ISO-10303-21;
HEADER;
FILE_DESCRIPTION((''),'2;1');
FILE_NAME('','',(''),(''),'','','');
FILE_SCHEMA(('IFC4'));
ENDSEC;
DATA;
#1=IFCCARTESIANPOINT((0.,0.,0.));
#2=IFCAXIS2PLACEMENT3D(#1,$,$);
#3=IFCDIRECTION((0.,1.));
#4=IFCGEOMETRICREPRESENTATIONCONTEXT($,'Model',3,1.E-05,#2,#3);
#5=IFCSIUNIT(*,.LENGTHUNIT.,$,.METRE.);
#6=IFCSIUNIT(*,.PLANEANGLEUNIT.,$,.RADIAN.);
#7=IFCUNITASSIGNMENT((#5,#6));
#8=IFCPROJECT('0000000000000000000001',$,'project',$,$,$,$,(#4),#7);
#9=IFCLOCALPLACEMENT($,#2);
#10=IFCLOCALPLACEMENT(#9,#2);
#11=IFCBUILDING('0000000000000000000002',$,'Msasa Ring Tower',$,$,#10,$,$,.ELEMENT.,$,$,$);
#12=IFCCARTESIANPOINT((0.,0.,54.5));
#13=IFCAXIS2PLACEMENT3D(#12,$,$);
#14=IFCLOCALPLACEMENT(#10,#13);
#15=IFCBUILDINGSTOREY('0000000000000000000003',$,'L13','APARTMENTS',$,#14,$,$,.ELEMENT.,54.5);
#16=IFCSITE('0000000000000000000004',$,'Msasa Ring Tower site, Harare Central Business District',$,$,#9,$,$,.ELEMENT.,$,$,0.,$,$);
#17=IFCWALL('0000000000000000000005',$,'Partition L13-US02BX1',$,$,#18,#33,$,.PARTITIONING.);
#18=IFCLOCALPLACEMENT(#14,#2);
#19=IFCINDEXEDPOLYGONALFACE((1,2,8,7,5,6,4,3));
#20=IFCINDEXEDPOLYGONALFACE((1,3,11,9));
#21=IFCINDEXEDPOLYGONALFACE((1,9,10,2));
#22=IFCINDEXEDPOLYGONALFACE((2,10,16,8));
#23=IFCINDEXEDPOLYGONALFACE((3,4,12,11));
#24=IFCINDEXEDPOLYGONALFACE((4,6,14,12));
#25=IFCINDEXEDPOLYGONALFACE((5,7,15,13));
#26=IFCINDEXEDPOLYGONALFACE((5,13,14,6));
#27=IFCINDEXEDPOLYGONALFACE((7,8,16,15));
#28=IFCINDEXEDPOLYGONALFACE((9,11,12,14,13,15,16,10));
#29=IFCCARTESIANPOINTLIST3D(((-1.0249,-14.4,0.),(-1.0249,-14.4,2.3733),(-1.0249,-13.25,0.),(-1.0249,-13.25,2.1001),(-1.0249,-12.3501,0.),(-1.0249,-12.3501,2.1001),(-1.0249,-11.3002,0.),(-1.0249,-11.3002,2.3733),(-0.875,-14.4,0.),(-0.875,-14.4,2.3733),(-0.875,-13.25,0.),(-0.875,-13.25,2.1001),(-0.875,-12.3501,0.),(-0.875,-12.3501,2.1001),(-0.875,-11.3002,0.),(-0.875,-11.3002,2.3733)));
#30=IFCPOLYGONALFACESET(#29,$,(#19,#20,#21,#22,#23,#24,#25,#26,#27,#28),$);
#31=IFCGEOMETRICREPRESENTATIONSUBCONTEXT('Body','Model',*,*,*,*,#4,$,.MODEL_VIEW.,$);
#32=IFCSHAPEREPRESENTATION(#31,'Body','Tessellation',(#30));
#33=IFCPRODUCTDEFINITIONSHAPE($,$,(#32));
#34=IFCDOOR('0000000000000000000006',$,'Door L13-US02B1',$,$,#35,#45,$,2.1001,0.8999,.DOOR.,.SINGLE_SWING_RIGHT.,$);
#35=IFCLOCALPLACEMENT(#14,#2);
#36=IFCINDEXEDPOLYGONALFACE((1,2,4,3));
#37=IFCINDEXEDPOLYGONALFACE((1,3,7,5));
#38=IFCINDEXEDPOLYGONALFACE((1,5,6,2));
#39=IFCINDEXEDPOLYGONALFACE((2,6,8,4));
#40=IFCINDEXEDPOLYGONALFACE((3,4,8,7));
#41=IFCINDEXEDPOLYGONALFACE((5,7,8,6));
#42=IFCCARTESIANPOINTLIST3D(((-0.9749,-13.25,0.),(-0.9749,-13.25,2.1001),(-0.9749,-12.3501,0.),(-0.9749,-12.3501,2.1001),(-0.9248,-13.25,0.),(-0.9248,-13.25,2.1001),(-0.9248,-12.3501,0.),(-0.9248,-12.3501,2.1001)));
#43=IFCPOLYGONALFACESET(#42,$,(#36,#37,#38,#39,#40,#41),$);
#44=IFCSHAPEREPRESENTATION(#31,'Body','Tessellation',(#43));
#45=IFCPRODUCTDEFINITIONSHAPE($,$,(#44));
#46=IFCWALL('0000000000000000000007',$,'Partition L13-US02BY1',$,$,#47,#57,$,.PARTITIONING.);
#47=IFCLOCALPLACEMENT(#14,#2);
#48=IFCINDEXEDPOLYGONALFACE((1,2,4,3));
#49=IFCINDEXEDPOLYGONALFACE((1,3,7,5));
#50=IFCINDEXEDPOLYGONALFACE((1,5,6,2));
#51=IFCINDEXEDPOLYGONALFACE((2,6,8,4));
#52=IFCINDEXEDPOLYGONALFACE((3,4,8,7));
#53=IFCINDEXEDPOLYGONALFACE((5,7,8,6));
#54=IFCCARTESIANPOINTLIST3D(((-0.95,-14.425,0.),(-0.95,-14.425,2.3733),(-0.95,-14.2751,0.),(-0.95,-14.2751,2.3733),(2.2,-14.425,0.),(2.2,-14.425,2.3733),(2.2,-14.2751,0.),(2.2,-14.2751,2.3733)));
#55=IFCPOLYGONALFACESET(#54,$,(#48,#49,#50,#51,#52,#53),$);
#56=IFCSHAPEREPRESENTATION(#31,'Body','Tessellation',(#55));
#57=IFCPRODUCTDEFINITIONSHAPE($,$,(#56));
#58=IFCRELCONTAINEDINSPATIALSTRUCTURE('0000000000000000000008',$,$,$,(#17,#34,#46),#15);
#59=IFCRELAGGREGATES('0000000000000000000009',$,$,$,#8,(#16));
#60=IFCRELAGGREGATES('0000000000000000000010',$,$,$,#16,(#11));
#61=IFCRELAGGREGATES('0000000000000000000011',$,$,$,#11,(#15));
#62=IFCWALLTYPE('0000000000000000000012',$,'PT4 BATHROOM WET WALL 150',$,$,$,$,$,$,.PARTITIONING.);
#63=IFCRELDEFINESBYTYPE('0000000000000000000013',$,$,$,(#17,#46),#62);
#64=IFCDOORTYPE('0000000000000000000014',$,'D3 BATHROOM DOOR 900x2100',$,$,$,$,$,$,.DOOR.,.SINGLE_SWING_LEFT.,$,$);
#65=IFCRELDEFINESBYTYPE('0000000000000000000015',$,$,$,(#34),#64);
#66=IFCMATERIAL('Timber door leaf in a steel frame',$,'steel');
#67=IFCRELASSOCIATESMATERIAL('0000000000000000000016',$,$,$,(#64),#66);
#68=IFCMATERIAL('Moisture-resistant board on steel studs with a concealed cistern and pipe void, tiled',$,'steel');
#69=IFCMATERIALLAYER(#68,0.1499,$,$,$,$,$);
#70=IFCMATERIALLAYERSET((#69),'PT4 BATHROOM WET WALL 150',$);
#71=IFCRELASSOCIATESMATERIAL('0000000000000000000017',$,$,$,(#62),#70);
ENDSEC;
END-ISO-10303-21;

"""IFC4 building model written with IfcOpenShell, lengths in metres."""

from ifc_helpers import new_model, si_unit, direction, frame, frame_2d, origin, place, context, subcontext, project, spatial, rectangle, extrude, material, layer, layer_set, type_object, element, fill, save


model = new_model("IFC4")

# Units and contexts
model_context = context("Model", 3, precision=1e-05, world=origin(), true_north=direction((0.0, 1.0)))
body_context = subcontext(model_context, "Body", "Model", "MODEL_VIEW")
ifc_project = project(units=[si_unit("LENGTHUNIT", "METRE"), si_unit("PLANEANGLEUNIT", "RADIAN")], contexts=[model_context])

# Site, building, storey
site_placement = place(None, origin())
site = spatial("IfcSite", under=ifc_project, at=site_placement, Name="Msasa Ring Tower site, Harare Central Business District", CompositionType="ELEMENT", RefElevation=0.0)
building_placement = place(site_placement, origin())
building = spatial("IfcBuilding", under=site, at=building_placement, Name="Msasa Ring Tower", CompositionType="ELEMENT")
storey_placement = place(building_placement, frame((0.0, 0.0, 54.5)))
storey = spatial("IfcBuildingStorey", under=building, at=storey_placement, Name="L13", Description="APARTMENTS", CompositionType="ELEMENT", Elevation=54.5)

# Shared definitions
ifc_material_1 = material(Name="Timber door leaf in a steel frame", Category="steel")
door_type_1 = type_object("IfcDoorType", Name="D3 BATHROOM DOOR 900x2100", OperationType="SINGLE_SWING_LEFT", PredefinedType="DOOR", material=ifc_material_1)

# Wall, opening, door
ifc_material_2 = material(Name="Moisture-resistant board on steel studs with a concealed cistern and pipe void, tiled", Category="steel")
ifc_layer_1 = layer(ifc_material_2, 0.1499)
ifc_layer_set_1 = layer_set([ifc_layer_1], Name="PT4 BATHROOM WET WALL 150")
wall_type_1 = type_object("IfcWallType", Name="PT4 BATHROOM WET WALL 150", PredefinedType="PARTITIONING", material=ifc_layer_set_1)
wall_1_placement = place(storey_placement, frame((-0.95, -14.3999, 0.0), z_axis=(0.0, 0.0, 1.0), x_axis=(0.0, 1.0, 0.0)))
wall_1 = element("IfcWall", 1, at=wall_1_placement, inside=storey, type_object=wall_type_1, Name="Partition L13-US02BX1", PredefinedType="PARTITIONING", context=body_context, shape_type="SweptSolid", body=[
    extrude(rectangle(XDim=3.0999, YDim=0.1499, at=frame_2d((1.5498, 0.0))), origin(), (0.0, 0.0, 1.0), 2.3733),
])
opening_1_placement = place(wall_1_placement, frame((1.1499, 0.0, 0.0)))
opening_1 = element("IfcOpeningElement", 2, at=opening_1_placement, cuts=wall_1, PredefinedType="OPENING", context=body_context, shape_type="SweptSolid", body=[
    extrude(rectangle(XDim=0.8999, YDim=2.1001, at=frame_2d((0.45, 1.05))), frame((0.0, 0.085, 0.0), z_axis=(0.0, -1.0, 0.0), x_axis=(1.0, 0.0, 0.0)), (0.0, 0.0, 1.0), 0.1699),
])
door_1_placement = place(opening_1_placement, origin())
door_1 = element("IfcDoor", 3, at=door_1_placement, inside=storey, type_object=door_type_1, Name="Door L13-US02B1", OperationType="SINGLE_SWING_RIGHT", OverallHeight=2.1001, OverallWidth=0.8999, PredefinedType="DOOR", context=body_context, shape_type="SweptSolid", body=[
    extrude(rectangle(XDim=0.8999, YDim=2.1001, at=frame_2d((0.45, 1.05))), frame((0.0, 0.0249, 0.0), z_axis=(0.0, -1.0, 0.0), x_axis=(1.0, 0.0, 0.0)), (0.0, 0.0, 1.0), 0.05),
])
fill(opening_1, door_1)

# Wall
wall_2_placement = place(storey_placement, frame((-0.95, -14.3501, 0.0), z_axis=(0.0, 0.0, 1.0), x_axis=(1.0, 0.0, 0.0)))
element("IfcWall", 4, at=wall_2_placement, inside=storey, type_object=wall_type_1, Name="Partition L13-US02BY1", PredefinedType="PARTITIONING", context=body_context, shape_type="SweptSolid", body=[
    extrude(rectangle(XDim=3.1499, YDim=0.1499, at=frame_2d((1.575, 0.0))), origin(), (0.0, 0.0, 1.0), 2.3733),
])

save(model, "model.ifc")
